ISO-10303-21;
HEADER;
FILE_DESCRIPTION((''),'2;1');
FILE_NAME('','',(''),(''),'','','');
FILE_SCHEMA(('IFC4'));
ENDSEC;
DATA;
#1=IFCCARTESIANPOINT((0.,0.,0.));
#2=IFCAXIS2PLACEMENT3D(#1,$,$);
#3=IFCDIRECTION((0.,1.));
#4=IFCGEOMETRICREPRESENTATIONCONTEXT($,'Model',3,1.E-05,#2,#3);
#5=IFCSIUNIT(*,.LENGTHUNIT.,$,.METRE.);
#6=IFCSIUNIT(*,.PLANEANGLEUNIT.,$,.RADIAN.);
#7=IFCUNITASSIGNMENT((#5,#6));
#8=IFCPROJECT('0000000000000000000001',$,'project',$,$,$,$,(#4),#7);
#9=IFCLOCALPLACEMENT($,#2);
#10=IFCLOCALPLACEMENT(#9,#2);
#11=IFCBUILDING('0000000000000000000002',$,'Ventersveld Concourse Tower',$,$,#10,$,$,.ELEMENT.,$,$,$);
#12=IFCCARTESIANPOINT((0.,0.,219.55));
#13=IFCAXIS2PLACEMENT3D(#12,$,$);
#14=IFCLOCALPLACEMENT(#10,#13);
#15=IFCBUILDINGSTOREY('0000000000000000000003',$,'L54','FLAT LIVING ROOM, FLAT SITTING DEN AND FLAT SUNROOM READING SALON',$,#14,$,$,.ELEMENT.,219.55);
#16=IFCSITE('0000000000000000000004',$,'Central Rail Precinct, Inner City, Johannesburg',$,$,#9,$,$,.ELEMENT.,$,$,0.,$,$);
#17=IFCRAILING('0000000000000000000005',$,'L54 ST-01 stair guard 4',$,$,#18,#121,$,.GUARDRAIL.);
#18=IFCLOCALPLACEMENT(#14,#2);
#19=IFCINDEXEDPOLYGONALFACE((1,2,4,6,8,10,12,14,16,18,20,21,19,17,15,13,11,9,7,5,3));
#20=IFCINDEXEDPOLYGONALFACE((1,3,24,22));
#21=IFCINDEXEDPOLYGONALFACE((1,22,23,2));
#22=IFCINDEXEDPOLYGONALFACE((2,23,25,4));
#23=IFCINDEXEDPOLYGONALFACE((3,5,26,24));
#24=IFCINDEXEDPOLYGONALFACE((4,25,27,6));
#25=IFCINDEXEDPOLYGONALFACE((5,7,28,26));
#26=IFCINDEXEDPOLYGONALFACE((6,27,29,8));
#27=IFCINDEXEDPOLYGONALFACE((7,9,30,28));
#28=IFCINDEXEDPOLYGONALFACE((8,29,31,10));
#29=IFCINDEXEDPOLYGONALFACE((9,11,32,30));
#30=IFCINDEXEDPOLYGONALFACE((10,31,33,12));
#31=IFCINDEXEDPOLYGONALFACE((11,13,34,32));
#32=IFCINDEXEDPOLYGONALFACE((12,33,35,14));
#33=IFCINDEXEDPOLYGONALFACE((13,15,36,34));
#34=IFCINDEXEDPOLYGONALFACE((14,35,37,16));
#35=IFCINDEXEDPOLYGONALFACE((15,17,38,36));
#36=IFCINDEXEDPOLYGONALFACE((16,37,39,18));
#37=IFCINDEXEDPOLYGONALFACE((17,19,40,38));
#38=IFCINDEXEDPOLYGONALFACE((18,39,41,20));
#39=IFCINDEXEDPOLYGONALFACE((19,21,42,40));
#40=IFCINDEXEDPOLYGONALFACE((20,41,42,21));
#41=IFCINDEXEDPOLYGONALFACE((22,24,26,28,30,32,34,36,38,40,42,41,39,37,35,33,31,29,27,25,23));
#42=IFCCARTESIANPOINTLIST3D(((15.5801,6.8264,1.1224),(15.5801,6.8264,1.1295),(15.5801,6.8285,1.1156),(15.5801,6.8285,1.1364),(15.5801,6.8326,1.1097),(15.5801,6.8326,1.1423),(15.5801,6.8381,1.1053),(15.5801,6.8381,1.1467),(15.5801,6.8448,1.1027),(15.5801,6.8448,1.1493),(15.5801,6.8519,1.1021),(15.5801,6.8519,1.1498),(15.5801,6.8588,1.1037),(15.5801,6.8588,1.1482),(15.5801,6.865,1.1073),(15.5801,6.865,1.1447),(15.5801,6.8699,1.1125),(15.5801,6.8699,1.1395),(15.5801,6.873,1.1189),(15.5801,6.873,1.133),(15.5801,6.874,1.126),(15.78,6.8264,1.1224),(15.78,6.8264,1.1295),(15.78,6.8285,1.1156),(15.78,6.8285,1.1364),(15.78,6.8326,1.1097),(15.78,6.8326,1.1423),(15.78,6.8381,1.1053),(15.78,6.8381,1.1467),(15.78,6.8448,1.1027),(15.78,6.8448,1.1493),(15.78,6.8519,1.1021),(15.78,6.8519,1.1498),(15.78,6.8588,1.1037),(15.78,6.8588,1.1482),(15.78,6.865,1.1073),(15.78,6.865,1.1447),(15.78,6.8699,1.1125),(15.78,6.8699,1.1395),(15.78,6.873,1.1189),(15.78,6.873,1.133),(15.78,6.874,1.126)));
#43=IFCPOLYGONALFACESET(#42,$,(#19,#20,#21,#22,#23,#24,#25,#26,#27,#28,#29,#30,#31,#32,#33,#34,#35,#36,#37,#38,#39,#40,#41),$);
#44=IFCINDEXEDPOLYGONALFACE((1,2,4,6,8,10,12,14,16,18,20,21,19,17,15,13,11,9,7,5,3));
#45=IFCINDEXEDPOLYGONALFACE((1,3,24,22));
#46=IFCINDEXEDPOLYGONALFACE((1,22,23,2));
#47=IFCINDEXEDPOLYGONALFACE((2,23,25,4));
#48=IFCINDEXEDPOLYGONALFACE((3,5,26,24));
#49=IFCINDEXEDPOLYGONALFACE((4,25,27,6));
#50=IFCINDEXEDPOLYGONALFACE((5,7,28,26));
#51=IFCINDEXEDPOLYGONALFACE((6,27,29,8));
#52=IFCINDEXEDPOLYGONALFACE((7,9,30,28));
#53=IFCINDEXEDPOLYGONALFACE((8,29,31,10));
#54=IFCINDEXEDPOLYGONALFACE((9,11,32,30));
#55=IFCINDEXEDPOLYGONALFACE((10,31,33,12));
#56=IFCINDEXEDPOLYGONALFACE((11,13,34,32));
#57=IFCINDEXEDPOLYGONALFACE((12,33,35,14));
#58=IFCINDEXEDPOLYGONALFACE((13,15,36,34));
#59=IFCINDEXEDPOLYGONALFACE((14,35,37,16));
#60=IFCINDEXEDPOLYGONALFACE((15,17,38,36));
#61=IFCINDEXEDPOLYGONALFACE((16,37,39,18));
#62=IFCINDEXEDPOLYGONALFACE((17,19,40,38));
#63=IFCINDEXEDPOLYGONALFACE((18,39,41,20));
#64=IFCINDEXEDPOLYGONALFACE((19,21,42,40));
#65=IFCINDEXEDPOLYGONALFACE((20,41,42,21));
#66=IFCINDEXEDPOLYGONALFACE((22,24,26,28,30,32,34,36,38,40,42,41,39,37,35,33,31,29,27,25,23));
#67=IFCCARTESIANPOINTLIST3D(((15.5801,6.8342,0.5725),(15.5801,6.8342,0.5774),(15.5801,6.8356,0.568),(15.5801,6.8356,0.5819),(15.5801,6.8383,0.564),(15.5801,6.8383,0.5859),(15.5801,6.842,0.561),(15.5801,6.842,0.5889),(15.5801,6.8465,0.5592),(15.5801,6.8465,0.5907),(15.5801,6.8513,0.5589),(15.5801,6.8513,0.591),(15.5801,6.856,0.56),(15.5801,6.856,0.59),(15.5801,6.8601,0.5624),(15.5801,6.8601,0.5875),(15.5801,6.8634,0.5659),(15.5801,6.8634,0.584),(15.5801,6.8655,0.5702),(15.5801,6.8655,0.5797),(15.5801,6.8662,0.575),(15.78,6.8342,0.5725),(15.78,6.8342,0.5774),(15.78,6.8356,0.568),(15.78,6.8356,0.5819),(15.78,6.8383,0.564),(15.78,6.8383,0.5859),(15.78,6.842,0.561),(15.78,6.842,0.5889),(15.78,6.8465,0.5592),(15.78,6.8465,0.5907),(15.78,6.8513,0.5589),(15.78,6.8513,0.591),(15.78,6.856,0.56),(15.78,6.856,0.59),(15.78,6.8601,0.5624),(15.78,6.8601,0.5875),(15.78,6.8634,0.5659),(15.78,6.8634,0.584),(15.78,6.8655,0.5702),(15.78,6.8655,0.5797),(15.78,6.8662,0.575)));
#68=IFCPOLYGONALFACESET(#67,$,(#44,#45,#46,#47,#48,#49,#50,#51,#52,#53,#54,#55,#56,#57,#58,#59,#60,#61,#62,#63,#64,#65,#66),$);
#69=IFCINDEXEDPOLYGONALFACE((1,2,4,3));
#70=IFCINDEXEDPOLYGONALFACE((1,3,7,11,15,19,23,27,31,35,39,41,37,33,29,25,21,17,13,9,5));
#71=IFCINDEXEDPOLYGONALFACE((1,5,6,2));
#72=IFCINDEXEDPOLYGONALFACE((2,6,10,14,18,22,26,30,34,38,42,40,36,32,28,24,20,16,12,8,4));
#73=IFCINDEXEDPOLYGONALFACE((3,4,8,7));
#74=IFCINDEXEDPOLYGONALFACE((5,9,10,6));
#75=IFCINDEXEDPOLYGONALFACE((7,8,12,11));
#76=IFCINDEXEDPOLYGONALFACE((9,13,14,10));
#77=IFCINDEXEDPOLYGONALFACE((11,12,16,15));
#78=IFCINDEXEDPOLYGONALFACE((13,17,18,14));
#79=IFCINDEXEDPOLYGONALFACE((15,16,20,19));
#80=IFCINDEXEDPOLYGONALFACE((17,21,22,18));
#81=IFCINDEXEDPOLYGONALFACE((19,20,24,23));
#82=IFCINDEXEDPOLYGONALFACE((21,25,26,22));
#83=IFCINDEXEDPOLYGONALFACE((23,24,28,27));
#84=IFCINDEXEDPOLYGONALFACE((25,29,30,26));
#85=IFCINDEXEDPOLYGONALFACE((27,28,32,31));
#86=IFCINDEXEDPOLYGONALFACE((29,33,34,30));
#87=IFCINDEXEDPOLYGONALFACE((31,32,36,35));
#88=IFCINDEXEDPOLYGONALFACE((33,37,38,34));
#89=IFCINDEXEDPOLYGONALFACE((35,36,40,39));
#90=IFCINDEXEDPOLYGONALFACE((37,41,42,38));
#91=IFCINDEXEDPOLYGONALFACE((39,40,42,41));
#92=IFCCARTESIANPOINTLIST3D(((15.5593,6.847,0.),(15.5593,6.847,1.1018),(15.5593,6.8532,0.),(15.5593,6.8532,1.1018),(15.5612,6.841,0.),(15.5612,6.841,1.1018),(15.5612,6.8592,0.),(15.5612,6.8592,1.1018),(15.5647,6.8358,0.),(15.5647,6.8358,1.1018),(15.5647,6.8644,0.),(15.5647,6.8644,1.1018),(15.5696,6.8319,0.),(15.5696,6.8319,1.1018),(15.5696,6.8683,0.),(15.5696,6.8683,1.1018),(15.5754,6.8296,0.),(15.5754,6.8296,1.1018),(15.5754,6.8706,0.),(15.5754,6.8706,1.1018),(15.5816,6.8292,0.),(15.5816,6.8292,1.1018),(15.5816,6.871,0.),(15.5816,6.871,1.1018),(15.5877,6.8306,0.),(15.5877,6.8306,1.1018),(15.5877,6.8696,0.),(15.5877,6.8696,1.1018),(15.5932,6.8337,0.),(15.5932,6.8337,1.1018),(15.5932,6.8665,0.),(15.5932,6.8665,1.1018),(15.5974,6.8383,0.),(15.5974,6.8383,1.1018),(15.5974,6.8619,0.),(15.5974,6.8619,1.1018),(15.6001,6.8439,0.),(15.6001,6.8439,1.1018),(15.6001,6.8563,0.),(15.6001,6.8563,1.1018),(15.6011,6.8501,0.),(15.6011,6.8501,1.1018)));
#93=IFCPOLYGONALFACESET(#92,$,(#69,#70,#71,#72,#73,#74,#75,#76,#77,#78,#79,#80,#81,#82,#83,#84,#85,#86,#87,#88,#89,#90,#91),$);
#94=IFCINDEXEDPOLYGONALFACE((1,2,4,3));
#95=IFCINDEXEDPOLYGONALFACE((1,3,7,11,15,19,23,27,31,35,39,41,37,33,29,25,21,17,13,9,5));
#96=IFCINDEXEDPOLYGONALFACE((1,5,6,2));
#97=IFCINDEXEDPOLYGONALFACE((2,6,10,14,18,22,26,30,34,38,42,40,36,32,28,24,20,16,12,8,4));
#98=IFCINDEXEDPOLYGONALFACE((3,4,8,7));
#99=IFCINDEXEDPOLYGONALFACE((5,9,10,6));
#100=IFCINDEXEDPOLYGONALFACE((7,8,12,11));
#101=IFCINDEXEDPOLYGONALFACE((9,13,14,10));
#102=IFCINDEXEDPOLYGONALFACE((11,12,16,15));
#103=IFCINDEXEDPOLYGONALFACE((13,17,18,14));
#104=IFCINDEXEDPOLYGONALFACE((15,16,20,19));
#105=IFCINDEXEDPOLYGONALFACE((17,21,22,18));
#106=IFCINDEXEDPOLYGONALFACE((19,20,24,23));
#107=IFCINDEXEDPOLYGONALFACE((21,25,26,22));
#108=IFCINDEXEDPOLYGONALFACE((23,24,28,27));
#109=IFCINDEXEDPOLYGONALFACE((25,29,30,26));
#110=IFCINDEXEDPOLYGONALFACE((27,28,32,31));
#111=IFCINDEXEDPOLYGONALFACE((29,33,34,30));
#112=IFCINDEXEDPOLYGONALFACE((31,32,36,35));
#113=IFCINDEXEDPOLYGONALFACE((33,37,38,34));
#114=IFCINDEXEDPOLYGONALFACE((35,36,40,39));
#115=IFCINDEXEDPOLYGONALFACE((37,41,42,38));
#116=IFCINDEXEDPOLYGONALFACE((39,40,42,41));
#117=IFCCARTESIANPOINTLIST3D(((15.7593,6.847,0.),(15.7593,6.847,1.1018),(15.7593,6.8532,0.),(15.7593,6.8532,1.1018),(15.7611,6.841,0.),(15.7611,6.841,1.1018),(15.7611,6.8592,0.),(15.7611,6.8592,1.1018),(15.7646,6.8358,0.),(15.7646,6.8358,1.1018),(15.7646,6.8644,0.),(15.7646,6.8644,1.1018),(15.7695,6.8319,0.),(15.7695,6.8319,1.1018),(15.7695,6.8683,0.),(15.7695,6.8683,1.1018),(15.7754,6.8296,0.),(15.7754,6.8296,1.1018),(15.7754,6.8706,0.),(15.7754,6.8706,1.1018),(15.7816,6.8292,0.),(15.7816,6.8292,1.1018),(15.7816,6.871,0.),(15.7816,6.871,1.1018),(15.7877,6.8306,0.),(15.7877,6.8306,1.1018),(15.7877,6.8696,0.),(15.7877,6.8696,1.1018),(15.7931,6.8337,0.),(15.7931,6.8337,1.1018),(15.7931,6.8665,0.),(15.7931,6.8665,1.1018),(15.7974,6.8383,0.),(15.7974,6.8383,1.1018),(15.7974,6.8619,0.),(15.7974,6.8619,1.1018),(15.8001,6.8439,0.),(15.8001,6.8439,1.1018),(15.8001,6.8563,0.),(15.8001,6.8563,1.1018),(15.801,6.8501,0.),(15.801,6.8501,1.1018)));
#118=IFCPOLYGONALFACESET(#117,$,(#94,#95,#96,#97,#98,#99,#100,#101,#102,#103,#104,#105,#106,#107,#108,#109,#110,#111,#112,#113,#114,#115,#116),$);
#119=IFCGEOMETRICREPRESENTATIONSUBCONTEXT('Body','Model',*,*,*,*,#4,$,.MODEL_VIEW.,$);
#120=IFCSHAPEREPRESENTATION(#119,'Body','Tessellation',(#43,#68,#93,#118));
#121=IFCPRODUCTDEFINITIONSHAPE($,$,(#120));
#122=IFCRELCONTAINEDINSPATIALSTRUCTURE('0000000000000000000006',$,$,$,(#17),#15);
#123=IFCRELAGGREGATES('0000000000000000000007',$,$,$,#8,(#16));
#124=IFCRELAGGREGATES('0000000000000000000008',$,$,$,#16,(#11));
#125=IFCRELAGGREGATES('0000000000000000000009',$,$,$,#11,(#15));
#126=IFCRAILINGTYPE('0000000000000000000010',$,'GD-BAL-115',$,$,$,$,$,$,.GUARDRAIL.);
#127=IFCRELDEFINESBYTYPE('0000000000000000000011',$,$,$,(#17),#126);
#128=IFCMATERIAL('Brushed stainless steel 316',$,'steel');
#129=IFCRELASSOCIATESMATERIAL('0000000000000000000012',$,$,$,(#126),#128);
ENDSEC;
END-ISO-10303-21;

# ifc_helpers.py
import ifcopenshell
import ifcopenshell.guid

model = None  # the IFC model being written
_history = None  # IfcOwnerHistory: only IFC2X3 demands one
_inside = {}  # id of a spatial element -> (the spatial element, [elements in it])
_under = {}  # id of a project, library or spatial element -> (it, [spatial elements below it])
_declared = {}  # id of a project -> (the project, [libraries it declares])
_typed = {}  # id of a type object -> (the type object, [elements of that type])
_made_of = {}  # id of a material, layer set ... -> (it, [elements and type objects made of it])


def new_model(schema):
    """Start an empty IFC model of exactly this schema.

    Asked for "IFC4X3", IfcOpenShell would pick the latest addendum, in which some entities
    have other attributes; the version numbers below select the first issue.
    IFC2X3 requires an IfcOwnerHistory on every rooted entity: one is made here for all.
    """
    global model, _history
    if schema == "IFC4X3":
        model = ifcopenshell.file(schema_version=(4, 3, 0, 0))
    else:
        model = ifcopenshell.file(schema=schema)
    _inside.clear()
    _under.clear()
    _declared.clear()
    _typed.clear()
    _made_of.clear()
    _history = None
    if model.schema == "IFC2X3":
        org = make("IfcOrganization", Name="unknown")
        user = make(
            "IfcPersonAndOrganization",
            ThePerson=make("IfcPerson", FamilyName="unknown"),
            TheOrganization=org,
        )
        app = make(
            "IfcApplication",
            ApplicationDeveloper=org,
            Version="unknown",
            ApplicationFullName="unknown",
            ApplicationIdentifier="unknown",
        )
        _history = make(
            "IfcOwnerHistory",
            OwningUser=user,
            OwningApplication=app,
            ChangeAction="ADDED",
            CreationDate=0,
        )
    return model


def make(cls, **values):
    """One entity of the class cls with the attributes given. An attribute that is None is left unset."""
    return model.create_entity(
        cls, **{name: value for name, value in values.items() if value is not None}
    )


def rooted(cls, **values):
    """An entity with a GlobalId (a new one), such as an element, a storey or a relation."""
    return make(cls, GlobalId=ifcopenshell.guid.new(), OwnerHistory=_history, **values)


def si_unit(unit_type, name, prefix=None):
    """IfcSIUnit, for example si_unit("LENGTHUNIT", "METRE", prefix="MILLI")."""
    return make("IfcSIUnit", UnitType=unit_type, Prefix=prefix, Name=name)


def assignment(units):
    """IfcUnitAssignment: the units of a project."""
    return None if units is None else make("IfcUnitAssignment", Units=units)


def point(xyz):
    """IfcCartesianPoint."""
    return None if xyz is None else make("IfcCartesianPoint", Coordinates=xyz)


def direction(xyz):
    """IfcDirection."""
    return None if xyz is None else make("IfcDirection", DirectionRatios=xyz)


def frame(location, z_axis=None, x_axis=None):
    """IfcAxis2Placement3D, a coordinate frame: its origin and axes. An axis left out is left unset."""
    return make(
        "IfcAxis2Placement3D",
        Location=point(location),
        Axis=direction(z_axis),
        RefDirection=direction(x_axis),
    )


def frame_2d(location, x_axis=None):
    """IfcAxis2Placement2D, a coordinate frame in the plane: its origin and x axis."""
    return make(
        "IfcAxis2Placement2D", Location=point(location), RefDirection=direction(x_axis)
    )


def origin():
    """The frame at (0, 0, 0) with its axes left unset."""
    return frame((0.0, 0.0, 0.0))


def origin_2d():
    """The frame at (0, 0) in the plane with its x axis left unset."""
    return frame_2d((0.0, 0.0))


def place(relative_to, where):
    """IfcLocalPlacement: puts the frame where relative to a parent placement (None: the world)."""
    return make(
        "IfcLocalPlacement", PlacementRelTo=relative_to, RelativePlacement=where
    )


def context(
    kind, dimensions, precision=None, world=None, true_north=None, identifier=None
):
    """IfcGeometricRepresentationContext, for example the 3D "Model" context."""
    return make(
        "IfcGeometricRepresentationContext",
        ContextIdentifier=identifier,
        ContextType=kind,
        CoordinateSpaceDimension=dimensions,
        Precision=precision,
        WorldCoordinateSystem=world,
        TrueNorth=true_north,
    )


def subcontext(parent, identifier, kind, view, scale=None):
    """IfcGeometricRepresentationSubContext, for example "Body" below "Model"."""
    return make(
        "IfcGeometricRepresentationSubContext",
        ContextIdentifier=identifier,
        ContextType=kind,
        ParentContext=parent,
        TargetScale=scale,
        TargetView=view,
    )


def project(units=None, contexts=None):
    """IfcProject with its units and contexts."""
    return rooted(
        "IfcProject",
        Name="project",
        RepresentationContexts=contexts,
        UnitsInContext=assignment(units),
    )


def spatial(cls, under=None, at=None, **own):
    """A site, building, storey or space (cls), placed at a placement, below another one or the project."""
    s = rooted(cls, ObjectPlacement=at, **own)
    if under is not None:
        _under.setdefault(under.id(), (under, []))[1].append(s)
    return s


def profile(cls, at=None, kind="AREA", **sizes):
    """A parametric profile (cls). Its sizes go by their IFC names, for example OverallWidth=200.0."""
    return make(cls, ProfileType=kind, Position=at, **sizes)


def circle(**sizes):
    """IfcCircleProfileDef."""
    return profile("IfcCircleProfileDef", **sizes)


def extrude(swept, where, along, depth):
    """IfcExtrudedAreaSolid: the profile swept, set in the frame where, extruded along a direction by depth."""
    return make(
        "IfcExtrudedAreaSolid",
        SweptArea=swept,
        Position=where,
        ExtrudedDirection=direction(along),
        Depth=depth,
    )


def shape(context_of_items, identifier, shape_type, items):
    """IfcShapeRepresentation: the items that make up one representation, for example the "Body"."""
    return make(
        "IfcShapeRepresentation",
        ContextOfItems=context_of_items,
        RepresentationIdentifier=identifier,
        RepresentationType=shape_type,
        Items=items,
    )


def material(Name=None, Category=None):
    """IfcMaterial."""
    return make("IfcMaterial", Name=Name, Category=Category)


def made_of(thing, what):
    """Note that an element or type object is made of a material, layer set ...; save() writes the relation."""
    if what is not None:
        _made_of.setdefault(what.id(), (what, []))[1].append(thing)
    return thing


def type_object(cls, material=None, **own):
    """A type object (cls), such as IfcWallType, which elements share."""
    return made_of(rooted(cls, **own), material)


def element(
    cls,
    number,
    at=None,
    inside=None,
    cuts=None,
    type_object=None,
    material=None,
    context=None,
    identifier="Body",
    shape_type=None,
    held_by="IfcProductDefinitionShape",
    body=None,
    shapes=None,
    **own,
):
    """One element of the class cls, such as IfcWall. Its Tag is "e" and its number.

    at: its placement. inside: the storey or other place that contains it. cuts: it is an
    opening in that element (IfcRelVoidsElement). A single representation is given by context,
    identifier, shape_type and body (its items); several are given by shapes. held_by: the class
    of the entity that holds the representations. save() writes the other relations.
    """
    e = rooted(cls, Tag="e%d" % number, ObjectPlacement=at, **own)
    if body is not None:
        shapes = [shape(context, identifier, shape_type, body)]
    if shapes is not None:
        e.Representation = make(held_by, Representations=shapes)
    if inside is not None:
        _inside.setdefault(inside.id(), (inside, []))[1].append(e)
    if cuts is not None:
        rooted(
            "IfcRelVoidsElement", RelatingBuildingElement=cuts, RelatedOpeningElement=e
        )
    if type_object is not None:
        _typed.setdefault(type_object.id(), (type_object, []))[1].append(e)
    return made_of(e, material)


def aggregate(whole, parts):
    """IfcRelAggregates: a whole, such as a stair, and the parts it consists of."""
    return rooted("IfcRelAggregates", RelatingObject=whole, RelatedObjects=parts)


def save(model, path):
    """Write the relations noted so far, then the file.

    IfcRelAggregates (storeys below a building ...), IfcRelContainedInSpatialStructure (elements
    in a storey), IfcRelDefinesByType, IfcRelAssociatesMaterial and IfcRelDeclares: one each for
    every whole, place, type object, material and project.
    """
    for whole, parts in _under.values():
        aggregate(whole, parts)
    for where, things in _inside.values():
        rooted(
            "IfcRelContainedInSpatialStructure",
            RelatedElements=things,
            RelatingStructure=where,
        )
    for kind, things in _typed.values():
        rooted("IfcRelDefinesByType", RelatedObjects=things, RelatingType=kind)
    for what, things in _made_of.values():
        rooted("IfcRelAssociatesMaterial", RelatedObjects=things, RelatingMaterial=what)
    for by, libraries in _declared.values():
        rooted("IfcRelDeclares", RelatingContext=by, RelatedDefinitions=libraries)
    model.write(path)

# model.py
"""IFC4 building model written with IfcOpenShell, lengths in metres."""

from ifc_helpers import new_model, si_unit, direction, frame, origin, origin_2d, place, context, subcontext, project, spatial, circle, extrude, material, type_object, element, save


model = new_model("IFC4")

# Units and contexts
model_context = context("Model", 3, precision=1e-05, world=origin(), true_north=direction((0.0, 1.0)))
body_context = subcontext(model_context, "Body", "Model", "MODEL_VIEW")
ifc_project = project(units=[si_unit("LENGTHUNIT", "METRE"), si_unit("PLANEANGLEUNIT", "RADIAN")], contexts=[model_context])

# Site, building, storey
site_placement = place(None, origin())
site = spatial("IfcSite", under=ifc_project, at=site_placement, Name="Central Rail Precinct, Inner City, Johannesburg", CompositionType="ELEMENT", RefElevation=0.0)
building_placement = place(site_placement, origin())
building = spatial("IfcBuilding", under=site, at=building_placement, Name="Ventersveld Concourse Tower", CompositionType="ELEMENT")
storey_placement = place(building_placement, frame((0.0, 0.0, 219.55)))
storey = spatial("IfcBuildingStorey", under=building, at=storey_placement, Name="L54", Description="FLAT LIVING ROOM, FLAT SITTING DEN AND FLAT SUNROOM READING SALON", CompositionType="ELEMENT", Elevation=219.55)

# Shared definitions
ifc_material_1 = material(Name="Brushed stainless steel 316", Category="steel")

# Railing
railing_type_1 = type_object("IfcRailingType", Name="GD-BAL-115", PredefinedType="GUARDRAIL", material=ifc_material_1)
railing_1_placement = place(storey_placement, frame((15.5801, 6.8501, 0.0)))
element("IfcRailing", 1, at=railing_1_placement, inside=storey, type_object=railing_type_1, Name="L54 ST-01 stair guard 4", PredefinedType="GUARDRAIL", context=body_context, shape_type="SweptSolid", body=[
    extrude(circle(Radius=0.0239, at=origin_2d()), frame((0.0, 0.0, 1.126), z_axis=(1.0, 0.0, 0.0), x_axis=(0.0, 1.0, 0.0)), (0.0, 0.0, 1.0), 0.2),
    extrude(circle(Radius=0.0161, at=origin_2d()), frame((0.0, 0.0, 0.575), z_axis=(1.0, 0.0, 0.0), x_axis=(0.0, 1.0, 0.0)), (0.0, 0.0, 1.0), 0.2),
    extrude(circle(Radius=0.021, at=origin_2d()), origin(), (0.0, 0.0, 1.0), 1.1018),
    extrude(circle(Radius=0.021, at=origin_2d()), frame((0.2, 0.0, 0.0)), (0.0, 0.0, 1.0), 1.1018),
])

save(model, "model.ifc")
